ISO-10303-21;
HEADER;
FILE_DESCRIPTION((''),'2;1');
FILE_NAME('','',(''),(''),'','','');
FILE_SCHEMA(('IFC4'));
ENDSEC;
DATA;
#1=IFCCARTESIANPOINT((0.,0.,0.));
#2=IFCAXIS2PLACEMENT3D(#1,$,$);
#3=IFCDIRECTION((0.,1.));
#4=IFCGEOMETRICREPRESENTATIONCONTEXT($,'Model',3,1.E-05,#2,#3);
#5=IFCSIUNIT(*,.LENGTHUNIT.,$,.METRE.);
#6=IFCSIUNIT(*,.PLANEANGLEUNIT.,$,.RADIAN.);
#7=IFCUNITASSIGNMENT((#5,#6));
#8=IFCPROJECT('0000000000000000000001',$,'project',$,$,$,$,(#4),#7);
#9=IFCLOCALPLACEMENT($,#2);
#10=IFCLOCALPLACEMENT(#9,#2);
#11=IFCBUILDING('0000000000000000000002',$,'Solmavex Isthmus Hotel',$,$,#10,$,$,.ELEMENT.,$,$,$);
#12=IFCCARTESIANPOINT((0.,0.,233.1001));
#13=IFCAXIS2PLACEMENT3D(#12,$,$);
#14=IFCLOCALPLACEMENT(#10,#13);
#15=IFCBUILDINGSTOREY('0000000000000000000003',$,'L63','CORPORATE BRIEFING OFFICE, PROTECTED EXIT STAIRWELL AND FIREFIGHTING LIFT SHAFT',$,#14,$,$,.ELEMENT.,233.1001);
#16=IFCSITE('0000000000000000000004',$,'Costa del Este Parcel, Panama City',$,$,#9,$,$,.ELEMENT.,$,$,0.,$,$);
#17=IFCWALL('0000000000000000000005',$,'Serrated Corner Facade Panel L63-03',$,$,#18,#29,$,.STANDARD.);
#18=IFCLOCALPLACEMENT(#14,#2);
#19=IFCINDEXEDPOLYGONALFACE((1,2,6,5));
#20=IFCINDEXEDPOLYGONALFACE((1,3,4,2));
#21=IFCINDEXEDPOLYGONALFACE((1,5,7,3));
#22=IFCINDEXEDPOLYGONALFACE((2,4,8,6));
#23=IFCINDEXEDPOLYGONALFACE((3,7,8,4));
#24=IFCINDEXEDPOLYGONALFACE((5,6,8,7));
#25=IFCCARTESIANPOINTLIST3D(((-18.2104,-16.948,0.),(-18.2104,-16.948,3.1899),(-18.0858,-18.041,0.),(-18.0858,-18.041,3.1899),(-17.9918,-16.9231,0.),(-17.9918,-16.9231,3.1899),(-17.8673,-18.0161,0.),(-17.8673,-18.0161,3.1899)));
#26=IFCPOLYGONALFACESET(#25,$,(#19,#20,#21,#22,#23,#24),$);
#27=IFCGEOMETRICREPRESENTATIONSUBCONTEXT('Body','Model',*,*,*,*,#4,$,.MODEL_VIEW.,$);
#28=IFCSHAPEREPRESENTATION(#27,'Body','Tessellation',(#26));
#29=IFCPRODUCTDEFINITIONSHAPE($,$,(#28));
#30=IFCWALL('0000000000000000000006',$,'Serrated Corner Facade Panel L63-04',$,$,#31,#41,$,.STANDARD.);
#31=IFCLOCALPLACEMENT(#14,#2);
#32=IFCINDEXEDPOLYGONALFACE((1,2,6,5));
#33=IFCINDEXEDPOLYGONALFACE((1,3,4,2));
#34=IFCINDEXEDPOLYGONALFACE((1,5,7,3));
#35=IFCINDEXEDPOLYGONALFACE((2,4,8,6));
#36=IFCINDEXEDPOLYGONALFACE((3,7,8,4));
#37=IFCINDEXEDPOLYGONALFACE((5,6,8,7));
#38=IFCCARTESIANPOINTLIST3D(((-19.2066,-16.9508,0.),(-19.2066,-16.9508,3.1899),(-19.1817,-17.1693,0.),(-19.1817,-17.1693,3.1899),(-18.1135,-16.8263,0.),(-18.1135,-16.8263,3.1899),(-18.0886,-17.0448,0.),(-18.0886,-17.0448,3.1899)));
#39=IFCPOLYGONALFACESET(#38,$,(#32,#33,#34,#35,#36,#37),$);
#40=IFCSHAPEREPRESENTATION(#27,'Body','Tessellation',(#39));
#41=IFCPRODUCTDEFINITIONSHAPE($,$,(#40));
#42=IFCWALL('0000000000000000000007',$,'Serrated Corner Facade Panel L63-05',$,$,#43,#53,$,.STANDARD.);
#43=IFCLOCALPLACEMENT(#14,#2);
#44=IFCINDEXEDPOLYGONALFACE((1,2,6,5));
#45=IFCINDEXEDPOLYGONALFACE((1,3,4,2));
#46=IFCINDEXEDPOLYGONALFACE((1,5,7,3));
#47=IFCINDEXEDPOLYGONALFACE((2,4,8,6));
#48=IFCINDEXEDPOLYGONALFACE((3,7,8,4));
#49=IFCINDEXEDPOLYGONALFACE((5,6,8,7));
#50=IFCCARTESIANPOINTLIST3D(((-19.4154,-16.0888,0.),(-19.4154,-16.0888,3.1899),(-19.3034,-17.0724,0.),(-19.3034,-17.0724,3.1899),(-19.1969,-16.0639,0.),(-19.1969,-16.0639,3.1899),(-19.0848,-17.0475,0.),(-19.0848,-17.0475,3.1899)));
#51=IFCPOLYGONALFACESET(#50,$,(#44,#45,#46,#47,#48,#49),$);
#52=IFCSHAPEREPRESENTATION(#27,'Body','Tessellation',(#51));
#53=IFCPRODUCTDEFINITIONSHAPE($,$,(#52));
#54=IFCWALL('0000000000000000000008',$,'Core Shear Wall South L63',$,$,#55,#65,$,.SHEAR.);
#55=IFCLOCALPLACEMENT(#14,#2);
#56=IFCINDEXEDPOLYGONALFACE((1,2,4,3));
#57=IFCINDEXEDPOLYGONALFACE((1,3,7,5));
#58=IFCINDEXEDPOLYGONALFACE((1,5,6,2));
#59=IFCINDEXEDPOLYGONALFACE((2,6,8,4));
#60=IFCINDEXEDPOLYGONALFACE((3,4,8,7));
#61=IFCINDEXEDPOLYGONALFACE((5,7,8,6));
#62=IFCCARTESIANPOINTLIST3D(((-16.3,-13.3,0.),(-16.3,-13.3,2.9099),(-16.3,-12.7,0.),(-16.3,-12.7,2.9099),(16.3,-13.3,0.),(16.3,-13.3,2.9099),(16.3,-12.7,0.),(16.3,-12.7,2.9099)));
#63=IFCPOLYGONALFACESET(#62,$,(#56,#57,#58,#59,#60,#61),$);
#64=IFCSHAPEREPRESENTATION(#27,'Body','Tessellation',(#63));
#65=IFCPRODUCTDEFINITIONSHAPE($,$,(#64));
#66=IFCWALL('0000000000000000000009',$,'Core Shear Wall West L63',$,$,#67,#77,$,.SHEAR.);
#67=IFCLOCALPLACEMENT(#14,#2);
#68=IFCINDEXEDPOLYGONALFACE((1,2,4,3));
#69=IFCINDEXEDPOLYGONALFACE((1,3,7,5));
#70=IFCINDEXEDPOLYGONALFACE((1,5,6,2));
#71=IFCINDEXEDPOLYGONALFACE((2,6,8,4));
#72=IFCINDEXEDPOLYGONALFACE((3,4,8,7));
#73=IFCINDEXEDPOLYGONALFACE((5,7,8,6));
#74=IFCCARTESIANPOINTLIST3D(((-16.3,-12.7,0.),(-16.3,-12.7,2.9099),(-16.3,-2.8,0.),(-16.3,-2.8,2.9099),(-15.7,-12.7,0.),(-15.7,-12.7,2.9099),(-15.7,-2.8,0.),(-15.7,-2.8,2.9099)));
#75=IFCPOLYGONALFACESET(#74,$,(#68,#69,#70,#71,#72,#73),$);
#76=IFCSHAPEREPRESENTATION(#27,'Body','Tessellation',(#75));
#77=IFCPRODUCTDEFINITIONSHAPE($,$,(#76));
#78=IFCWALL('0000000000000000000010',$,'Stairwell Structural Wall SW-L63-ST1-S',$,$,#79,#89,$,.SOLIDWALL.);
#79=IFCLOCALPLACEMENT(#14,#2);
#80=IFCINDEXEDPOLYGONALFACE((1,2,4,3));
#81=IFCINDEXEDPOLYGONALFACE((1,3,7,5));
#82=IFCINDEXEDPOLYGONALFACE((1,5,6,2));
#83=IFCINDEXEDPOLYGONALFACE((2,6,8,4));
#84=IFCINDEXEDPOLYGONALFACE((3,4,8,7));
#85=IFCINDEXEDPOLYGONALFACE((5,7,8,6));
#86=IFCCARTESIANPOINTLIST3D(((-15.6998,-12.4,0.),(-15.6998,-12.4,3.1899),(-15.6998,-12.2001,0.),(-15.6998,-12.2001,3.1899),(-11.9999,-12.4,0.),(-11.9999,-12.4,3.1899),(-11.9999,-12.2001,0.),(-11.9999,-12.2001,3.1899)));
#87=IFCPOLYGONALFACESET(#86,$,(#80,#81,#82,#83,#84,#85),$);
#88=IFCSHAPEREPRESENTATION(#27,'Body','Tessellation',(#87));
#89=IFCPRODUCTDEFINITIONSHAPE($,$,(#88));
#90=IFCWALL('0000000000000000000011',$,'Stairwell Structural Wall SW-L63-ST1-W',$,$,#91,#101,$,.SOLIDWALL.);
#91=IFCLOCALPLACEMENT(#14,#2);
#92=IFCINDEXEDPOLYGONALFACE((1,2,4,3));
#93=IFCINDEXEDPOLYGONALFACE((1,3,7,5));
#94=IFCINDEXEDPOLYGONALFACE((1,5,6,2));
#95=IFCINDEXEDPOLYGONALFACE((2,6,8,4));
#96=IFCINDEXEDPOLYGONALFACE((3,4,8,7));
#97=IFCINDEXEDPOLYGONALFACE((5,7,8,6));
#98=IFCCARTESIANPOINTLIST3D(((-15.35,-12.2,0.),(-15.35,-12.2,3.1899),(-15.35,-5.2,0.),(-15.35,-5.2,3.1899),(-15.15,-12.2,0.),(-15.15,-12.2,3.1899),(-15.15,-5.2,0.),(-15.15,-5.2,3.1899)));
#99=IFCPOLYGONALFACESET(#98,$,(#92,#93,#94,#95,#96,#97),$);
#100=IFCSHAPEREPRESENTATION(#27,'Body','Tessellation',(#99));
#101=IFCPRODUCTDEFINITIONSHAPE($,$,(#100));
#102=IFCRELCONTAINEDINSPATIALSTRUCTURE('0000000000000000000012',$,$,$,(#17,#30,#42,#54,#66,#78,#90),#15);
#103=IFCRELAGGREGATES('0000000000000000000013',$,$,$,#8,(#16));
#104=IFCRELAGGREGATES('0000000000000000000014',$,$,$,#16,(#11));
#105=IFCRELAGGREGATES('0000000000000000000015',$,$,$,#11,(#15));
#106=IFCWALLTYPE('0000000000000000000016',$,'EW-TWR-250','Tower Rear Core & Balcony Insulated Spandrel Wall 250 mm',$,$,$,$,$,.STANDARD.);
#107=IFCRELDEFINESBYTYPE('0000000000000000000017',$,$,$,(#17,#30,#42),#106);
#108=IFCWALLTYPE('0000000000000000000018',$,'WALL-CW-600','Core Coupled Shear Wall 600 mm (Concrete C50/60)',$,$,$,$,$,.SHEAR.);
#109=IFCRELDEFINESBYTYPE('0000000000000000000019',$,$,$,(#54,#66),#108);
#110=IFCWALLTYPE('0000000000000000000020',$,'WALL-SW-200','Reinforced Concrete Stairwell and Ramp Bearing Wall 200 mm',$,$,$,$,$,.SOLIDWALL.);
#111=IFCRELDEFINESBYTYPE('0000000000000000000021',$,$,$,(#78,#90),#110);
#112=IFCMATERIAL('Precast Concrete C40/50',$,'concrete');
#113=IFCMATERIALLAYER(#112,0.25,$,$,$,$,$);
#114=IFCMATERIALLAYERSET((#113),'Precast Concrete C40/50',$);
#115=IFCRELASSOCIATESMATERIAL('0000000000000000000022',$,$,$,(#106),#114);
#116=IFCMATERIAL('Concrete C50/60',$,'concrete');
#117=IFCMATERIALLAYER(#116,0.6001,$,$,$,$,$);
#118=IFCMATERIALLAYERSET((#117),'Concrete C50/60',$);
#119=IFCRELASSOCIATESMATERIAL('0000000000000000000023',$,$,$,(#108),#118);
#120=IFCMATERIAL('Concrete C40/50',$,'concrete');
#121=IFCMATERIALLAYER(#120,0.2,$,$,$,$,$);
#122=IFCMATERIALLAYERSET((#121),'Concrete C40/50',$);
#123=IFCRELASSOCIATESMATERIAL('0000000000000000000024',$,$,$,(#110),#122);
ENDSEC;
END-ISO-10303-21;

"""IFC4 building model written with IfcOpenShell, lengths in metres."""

from ifc_helpers import new_model, si_unit, direction, frame, frame_2d, origin, place, context, subcontext, project, spatial, rectangle, extrude, material, layer, layer_set, type_object, element, save


model = new_model("IFC4")

# Units and contexts
model_context = context("Model", 3, precision=1e-05, world=origin(), true_north=direction((0.0, 1.0)))
body_context = subcontext(model_context, "Body", "Model", "MODEL_VIEW")
ifc_project = project(units=[si_unit("LENGTHUNIT", "METRE"), si_unit("PLANEANGLEUNIT", "RADIAN")], contexts=[model_context])

# Site, building, storey
site_placement = place(None, origin())
site = spatial("IfcSite", under=ifc_project, at=site_placement, Name="Costa del Este Parcel, Panama City", CompositionType="ELEMENT", RefElevation=0.0)
building_placement = place(site_placement, origin())
building = spatial("IfcBuilding", under=site, at=building_placement, Name="Solmavex Isthmus Hotel", CompositionType="ELEMENT")
storey_placement = place(building_placement, frame((0.0, 0.0, 233.1001)))
storey = spatial("IfcBuildingStorey", under=building, at=storey_placement, Name="L63", Description="CORPORATE BRIEFING OFFICE, PROTECTED EXIT STAIRWELL AND FIREFIGHTING LIFT SHAFT", CompositionType="ELEMENT", Elevation=233.1001)

# Shared definitions
ifc_material_1 = material(Name="Concrete C50/60", Category="concrete")

# Shared definitions
ifc_material_2 = material(Name="Precast Concrete C40/50", Category="concrete")
ifc_layer_1 = layer(ifc_material_2, 0.25)
ifc_layer_set_1 = layer_set([ifc_layer_1], Name="Precast Concrete C40/50")
wall_type_1 = type_object("IfcWallType", Name="EW-TWR-250", Description="Tower Rear Core & Balcony Insulated Spandrel Wall 250 mm", PredefinedType="STANDARD", material=ifc_layer_set_1)

# Walls
for number, where, z_axis, x_axis, name in (
    (1, (-17.9766, -18.0286, 0.0), (0.0, 0.0, 1.0), (-0.113184, 0.993574, 0.0), "Serrated Corner Facade Panel L63-03"),
    (2, (-18.1011, -16.9355, 0.0), (0.0, 0.0, 1.0), (-0.993574, -0.113184, 0.0), "Serrated Corner Facade Panel L63-04"),
):
    element("IfcWall", number, at=place(storey_placement, frame(where, z_axis=z_axis, x_axis=x_axis)), inside=storey, type_object=wall_type_1, Name=name, PredefinedType="STANDARD", context=body_context, shape_type="SweptSolid", body=[
        extrude(rectangle(XDim=1.1001, YDim=0.22, at=frame_2d((0.55, 0.0))), origin(), (0.0, 0.0, 1.0), 3.1899),
    ])
wall_1_placement = place(storey_placement, frame((-19.1941, -17.0601, 0.0), z_axis=(0.0, 0.0, 1.0), x_axis=(-0.113192, 0.993573, 0.0)))
element("IfcWall", 3, at=wall_1_placement, inside=storey, type_object=wall_type_1, Name="Serrated Corner Facade Panel L63-05", PredefinedType="STANDARD", context=body_context, shape_type="SweptSolid", body=[
    extrude(rectangle(XDim=0.99, YDim=0.22, at=frame_2d((0.4951, 0.0))), origin(), (0.0, 0.0, 1.0), 3.1899),
])
ifc_layer_2 = layer(ifc_material_1, 0.6001)
ifc_layer_set_2 = layer_set([ifc_layer_2], Name="Concrete C50/60")
wall_type_2 = type_object("IfcWallType", Name="WALL-CW-600", Description="Core Coupled Shear Wall 600 mm (Concrete C50/60)", PredefinedType="SHEAR", material=ifc_layer_set_2)
wall_2_placement = place(storey_placement, frame((-16.3, -13.0, 0.0), z_axis=(0.0, 0.0, 1.0), x_axis=(1.0, 0.0, 0.0)))
element("IfcWall", 4, at=wall_2_placement, inside=storey, type_object=wall_type_2, Name="Core Shear Wall South L63", PredefinedType="SHEAR", context=body_context, shape_type="SweptSolid", body=[
    extrude(rectangle(XDim=32.6001, YDim=0.6001, at=frame_2d((16.3, 0.0))), origin(), (0.0, 0.0, 1.0), 2.9099),
])
wall_3_placement = place(storey_placement, frame((-16.0, -12.7, 0.0), z_axis=(0.0, 0.0, 1.0), x_axis=(0.0, 1.0, 0.0)))
element("IfcWall", 5, at=wall_3_placement, inside=storey, type_object=wall_type_2, Name="Core Shear Wall West L63", PredefinedType="SHEAR", context=body_context, shape_type="SweptSolid", body=[
    extrude(rectangle(XDim=9.8999, YDim=0.6001, at=frame_2d((4.95, 0.0))), origin(), (0.0, 0.0, 1.0), 2.9099),
])
ifc_material_3 = material(Name="Concrete C40/50", Category="concrete")
ifc_layer_3 = layer(ifc_material_3, 0.2)
ifc_layer_set_3 = layer_set([ifc_layer_3], Name="Concrete C40/50")
wall_type_3 = type_object("IfcWallType", Name="WALL-SW-200", Description="Reinforced Concrete Stairwell and Ramp Bearing Wall 200 mm", PredefinedType="SOLIDWALL", material=ifc_layer_set_3)
wall_4_placement = place(storey_placement, frame((-15.7, -12.3, 0.0), z_axis=(0.0, 0.0, 1.0), x_axis=(1.0, 0.0, 0.0)))
element("IfcWall", 6, at=wall_4_placement, inside=storey, type_object=wall_type_3, Name="Stairwell Structural Wall SW-L63-ST1-S", PredefinedType="SOLIDWALL", context=body_context, shape_type="SweptSolid", body=[
    extrude(rectangle(XDim=3.7, YDim=0.2, at=frame_2d((1.8501, 0.0))), origin(), (0.0, 0.0, 1.0), 3.1899),
])
wall_5_placement = place(storey_placement, frame((-15.25, -12.2, 0.0), z_axis=(0.0, 0.0, 1.0), x_axis=(0.0, 1.0, 0.0)))
element("IfcWall", 7, at=wall_5_placement, inside=storey, type_object=wall_type_3, Name="Stairwell Structural Wall SW-L63-ST1-W", PredefinedType="SOLIDWALL", context=body_context, shape_type="SweptSolid", body=[
    extrude(rectangle(XDim=7.0, YDim=0.2, at=frame_2d((3.5, 0.0))), origin(), (0.0, 0.0, 1.0), 3.1899),
])

save(model, "model.ifc")
